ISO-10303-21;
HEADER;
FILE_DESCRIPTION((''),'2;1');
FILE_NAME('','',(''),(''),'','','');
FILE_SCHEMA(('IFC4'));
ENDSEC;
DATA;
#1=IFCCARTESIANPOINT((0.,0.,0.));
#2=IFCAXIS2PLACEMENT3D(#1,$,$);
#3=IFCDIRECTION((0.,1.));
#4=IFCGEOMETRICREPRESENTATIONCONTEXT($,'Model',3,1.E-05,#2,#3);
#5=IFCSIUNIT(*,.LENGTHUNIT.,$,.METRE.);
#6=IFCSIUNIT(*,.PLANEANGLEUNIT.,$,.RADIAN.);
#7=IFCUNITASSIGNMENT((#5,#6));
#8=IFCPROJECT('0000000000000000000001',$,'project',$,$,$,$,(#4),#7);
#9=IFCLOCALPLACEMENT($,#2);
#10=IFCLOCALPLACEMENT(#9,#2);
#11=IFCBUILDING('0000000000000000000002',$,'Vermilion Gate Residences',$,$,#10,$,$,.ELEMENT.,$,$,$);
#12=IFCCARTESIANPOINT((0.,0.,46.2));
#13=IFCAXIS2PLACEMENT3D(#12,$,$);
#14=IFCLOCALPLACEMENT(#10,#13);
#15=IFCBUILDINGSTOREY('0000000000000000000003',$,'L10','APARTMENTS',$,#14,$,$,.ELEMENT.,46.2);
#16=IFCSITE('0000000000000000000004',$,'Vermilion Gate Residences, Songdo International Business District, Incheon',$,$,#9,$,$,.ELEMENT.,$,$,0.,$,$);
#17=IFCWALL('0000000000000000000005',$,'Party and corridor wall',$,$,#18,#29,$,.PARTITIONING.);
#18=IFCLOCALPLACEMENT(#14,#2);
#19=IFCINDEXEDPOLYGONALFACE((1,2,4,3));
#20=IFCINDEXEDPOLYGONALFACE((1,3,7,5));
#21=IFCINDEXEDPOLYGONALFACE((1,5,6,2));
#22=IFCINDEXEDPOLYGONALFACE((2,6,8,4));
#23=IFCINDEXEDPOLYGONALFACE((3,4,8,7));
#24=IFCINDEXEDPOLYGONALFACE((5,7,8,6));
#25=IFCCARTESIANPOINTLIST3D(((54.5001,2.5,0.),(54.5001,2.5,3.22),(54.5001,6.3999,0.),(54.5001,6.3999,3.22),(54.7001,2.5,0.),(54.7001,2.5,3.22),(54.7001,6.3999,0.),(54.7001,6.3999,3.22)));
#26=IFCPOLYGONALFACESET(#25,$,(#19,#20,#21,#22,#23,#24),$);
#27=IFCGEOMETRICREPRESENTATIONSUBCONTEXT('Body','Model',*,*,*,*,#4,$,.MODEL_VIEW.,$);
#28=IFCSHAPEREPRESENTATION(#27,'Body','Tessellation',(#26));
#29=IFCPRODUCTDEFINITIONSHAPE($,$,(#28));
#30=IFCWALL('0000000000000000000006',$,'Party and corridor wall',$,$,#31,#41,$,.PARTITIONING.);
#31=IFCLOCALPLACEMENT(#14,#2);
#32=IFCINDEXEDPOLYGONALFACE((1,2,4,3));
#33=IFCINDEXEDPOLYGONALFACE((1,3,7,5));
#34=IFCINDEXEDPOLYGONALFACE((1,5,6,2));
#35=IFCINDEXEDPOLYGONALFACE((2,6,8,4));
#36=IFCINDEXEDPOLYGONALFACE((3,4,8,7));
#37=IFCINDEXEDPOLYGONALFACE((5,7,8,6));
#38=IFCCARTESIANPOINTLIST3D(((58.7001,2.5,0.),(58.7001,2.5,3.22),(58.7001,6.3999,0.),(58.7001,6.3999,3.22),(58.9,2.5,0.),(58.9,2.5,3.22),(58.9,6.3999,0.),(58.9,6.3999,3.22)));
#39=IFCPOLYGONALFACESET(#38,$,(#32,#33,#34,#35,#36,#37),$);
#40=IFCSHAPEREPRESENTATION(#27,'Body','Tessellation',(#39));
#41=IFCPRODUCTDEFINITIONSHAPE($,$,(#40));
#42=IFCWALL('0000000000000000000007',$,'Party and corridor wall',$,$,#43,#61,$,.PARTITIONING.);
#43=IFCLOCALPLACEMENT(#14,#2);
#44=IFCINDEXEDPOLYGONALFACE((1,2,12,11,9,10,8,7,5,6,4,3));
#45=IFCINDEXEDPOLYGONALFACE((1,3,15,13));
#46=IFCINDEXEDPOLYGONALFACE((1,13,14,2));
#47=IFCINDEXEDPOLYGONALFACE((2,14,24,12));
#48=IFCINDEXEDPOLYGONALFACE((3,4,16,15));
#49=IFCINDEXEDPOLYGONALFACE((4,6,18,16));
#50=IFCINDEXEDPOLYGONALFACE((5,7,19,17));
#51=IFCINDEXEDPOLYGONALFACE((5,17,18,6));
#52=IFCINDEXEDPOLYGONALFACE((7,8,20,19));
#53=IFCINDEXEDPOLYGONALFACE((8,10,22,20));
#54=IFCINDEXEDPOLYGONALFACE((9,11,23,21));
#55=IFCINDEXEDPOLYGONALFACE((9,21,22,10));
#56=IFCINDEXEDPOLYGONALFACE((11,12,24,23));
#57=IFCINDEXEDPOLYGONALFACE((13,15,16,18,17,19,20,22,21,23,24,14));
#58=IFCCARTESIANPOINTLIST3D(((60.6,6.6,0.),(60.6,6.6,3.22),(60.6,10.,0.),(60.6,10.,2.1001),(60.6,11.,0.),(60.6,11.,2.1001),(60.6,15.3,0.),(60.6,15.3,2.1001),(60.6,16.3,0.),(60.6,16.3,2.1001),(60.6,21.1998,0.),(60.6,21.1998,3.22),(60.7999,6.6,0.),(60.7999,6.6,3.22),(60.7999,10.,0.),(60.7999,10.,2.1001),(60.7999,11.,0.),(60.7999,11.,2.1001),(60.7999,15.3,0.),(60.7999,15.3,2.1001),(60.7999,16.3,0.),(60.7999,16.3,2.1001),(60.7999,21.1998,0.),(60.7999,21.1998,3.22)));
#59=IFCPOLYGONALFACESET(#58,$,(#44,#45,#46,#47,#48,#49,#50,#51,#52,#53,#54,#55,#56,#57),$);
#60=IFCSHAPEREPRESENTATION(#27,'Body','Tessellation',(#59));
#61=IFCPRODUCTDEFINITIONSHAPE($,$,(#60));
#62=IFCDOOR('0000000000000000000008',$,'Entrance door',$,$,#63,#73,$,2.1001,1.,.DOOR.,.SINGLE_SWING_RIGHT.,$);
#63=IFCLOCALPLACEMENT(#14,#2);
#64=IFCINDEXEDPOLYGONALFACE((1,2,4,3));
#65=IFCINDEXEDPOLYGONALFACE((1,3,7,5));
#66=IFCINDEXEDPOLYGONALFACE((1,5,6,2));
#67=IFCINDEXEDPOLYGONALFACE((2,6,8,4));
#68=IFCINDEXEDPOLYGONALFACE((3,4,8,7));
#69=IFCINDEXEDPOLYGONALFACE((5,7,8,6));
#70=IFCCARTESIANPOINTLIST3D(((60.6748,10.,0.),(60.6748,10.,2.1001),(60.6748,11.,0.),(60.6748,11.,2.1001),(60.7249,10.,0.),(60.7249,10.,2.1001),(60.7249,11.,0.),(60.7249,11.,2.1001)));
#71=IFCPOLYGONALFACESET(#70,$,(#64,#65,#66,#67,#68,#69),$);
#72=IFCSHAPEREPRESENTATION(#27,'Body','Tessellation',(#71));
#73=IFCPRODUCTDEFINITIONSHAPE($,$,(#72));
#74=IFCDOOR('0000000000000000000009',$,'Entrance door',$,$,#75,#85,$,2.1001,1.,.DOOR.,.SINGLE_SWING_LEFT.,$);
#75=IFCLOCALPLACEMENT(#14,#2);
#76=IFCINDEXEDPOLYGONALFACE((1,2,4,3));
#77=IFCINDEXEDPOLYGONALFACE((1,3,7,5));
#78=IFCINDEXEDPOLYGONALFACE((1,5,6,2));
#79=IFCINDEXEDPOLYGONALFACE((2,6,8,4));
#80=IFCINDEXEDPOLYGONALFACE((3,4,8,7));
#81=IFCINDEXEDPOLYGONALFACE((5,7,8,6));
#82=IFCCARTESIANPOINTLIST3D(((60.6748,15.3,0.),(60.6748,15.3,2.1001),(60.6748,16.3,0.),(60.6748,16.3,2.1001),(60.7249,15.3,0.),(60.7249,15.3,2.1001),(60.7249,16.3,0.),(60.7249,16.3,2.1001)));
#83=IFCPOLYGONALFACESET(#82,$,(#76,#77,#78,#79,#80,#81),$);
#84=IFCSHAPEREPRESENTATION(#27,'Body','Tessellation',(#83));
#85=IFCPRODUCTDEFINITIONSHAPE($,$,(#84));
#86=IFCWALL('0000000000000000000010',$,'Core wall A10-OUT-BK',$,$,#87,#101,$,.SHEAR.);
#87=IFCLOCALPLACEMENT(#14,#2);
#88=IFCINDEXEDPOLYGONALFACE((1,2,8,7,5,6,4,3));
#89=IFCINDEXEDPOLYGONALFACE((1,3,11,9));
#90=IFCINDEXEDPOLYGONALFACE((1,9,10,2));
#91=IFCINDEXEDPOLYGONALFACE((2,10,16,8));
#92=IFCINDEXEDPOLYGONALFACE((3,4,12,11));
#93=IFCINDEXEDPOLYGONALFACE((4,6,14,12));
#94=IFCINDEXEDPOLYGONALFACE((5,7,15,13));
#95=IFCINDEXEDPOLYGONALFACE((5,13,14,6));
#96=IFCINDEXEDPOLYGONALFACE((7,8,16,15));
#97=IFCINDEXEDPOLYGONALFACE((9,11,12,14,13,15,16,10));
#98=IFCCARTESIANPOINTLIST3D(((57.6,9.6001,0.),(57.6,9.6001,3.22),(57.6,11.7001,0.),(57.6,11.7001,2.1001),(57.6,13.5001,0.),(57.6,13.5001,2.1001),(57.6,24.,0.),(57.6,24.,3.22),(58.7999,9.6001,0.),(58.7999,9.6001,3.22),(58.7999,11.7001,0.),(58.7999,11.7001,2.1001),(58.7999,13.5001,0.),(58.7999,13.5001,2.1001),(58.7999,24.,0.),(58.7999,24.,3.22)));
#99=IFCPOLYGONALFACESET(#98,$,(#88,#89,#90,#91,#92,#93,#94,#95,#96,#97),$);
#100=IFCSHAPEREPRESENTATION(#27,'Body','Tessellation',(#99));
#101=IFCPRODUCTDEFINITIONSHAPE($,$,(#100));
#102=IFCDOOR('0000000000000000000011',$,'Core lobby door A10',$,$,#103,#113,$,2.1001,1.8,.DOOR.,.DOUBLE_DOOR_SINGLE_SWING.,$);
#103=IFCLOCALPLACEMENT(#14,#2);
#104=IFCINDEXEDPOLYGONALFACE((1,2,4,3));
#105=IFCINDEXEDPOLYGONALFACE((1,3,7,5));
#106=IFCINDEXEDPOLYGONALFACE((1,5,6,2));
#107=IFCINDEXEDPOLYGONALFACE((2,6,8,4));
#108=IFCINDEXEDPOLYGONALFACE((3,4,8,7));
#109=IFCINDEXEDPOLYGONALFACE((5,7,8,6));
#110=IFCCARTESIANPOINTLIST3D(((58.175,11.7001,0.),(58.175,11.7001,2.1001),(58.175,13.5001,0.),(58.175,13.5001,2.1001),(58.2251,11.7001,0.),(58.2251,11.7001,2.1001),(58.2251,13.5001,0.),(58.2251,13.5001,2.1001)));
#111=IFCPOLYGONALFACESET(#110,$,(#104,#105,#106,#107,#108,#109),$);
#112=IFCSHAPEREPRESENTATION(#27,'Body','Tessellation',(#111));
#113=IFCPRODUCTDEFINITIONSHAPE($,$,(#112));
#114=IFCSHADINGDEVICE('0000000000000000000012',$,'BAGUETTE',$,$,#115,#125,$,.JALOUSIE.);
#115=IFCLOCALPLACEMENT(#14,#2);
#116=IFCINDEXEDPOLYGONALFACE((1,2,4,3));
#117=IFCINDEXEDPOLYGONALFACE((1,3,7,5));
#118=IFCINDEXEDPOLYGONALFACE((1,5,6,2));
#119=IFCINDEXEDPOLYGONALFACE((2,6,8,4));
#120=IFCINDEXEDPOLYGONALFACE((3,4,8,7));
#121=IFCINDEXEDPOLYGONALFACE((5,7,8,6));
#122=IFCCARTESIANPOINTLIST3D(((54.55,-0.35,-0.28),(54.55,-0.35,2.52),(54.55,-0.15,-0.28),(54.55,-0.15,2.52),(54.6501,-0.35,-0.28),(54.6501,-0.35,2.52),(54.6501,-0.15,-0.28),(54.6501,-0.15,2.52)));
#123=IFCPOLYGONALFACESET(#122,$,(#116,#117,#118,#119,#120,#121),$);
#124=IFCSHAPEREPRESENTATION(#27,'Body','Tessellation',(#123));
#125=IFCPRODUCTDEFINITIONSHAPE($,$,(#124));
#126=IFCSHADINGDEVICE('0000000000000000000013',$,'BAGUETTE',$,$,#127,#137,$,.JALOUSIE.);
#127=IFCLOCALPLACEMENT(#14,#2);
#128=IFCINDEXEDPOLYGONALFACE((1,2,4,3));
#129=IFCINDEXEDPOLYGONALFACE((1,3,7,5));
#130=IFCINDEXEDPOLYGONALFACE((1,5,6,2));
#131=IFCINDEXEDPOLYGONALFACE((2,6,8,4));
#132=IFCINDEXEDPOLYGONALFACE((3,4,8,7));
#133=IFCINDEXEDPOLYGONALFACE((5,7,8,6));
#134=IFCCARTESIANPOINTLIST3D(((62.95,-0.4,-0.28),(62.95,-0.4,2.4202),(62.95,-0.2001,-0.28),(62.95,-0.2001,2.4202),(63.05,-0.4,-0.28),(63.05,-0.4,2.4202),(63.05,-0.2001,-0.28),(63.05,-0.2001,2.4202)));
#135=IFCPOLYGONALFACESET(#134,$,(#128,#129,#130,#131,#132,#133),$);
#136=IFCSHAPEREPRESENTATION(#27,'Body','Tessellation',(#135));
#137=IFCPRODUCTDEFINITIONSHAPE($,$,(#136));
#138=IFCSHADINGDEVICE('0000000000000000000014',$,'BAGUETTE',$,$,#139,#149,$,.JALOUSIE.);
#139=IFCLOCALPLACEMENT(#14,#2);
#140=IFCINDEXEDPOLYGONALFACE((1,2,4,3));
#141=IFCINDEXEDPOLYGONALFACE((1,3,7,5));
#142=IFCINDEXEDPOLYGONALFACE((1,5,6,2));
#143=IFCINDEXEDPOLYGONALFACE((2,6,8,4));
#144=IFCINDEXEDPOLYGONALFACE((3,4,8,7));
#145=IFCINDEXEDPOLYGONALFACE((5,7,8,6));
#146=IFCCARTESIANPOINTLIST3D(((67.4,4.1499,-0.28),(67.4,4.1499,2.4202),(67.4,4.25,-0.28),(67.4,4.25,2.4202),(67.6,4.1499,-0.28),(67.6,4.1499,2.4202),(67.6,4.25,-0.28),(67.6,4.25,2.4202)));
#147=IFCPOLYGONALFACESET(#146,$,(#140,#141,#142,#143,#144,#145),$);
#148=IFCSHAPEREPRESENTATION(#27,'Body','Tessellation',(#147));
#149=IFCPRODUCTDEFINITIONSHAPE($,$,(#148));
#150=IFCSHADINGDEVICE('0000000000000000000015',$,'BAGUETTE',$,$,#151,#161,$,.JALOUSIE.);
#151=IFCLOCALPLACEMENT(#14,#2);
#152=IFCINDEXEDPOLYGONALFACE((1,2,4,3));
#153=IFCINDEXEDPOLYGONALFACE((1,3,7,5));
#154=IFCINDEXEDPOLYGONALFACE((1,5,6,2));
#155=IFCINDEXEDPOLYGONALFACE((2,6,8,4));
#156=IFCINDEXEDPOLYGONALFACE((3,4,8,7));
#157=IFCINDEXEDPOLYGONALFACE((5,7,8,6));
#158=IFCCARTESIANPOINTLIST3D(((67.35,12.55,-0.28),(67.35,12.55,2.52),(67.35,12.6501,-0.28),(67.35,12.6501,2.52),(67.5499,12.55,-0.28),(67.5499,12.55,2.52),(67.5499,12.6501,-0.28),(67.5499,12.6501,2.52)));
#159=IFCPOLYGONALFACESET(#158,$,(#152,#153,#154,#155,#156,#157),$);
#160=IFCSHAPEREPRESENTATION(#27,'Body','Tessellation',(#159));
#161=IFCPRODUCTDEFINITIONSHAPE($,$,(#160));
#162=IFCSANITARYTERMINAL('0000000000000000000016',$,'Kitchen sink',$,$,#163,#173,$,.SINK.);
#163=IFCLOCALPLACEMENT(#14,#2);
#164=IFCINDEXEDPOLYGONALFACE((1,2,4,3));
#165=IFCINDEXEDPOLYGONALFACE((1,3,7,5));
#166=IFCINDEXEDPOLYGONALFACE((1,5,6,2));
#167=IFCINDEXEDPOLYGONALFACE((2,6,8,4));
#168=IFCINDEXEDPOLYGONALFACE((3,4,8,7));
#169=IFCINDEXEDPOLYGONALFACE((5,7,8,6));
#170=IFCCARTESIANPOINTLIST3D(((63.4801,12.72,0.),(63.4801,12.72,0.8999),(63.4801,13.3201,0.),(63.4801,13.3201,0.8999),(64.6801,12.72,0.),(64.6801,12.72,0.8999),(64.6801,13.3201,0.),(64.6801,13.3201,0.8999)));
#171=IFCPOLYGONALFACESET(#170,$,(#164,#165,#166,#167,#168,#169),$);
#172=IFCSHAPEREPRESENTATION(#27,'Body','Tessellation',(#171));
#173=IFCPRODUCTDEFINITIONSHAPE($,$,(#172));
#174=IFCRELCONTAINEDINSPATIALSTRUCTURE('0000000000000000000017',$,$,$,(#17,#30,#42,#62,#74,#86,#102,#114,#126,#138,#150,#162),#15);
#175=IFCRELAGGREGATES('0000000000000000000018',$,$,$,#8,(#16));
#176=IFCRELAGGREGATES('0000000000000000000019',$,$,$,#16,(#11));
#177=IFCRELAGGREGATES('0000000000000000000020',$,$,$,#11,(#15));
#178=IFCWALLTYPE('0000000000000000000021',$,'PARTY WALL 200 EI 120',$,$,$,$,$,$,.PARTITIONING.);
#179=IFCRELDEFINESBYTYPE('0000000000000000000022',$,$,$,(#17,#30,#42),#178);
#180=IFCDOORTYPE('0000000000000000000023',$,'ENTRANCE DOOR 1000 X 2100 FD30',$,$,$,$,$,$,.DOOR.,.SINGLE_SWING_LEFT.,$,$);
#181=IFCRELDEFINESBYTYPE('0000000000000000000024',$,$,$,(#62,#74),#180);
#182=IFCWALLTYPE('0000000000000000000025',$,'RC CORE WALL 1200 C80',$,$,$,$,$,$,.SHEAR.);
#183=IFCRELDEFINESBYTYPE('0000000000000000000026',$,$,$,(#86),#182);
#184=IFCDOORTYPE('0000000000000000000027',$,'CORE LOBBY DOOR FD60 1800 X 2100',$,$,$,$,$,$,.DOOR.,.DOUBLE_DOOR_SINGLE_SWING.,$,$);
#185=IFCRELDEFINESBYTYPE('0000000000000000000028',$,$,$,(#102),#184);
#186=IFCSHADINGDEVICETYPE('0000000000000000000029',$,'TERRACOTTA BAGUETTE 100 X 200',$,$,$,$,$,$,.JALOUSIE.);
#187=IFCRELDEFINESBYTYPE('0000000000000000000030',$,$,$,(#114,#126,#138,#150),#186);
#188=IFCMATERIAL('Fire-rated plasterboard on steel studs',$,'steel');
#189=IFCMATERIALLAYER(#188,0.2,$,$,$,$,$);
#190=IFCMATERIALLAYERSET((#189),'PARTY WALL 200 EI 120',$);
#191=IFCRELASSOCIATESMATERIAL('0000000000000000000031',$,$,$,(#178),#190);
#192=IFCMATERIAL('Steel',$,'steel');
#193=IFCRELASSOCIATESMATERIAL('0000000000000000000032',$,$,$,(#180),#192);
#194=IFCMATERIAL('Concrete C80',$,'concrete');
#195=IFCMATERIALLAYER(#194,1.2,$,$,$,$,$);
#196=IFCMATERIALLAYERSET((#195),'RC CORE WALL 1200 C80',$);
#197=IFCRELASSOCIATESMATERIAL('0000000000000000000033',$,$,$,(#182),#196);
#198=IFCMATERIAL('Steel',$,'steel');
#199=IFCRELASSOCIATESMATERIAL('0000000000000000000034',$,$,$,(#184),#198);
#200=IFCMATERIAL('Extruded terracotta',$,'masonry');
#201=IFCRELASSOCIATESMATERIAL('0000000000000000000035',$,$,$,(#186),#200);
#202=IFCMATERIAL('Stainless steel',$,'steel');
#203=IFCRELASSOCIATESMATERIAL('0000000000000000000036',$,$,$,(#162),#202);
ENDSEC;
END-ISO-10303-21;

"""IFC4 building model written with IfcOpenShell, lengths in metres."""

from ifc_helpers import new_model, si_unit, direction, frame, frame_2d, origin, origin_2d, place, context, subcontext, project, spatial, rectangle, extrude, material, layer, layer_set, material_profile, profile_set, type_object, element, fill, save


model = new_model("IFC4")

# Units and contexts
model_context = context("Model", 3, precision=1e-05, world=origin(), true_north=direction((0.0, 1.0)))
body_context = subcontext(model_context, "Body", "Model", "MODEL_VIEW")
ifc_project = project(units=[si_unit("LENGTHUNIT", "METRE"), si_unit("PLANEANGLEUNIT", "RADIAN")], contexts=[model_context])

# Site, building, storey
site_placement = place(None, origin())
site = spatial("IfcSite", under=ifc_project, at=site_placement, Name="Vermilion Gate Residences, Songdo International Business District, Incheon", CompositionType="ELEMENT", RefElevation=0.0)
building_placement = place(site_placement, origin())
building = spatial("IfcBuilding", under=site, at=building_placement, Name="Vermilion Gate Residences", CompositionType="ELEMENT")
storey_placement = place(building_placement, frame((0.0, 0.0, 46.2)))
storey = spatial("IfcBuildingStorey", under=building, at=storey_placement, Name="L10", Description="APARTMENTS", CompositionType="ELEMENT", Elevation=46.2)

# Walls
ifc_material_1 = material(Name="Fire-rated plasterboard on steel studs", Category="steel")
ifc_layer_1 = layer(ifc_material_1, 0.2)
ifc_layer_set_1 = layer_set([ifc_layer_1], Name="PARTY WALL 200 EI 120")
wall_type_1 = type_object("IfcWallType", Name="PARTY WALL 200 EI 120", PredefinedType="PARTITIONING", material=ifc_layer_set_1)
for number, where, z_axis, x_axis, name in (
    (1, (54.6001, 2.5, 0.0), (0.0, 0.0, 1.0), (0.0, 1.0, 0.0), "Party and corridor wall"),
    (2, (58.8, 2.5, 0.0), (0.0, 0.0, 1.0), (0.0, 1.0, 0.0), "Party and corridor wall"),
):
    element("IfcWall", number, at=place(storey_placement, frame(where, z_axis=z_axis, x_axis=x_axis)), inside=storey, type_object=wall_type_1, Name=name, PredefinedType="PARTITIONING", context=body_context, shape_type="SweptSolid", body=[
        extrude(rectangle(XDim=3.8999, YDim=0.2, at=frame_2d((1.95, 0.0))), origin(), (0.0, 0.0, 1.0), 3.22),
    ])

# Wall, openings, doors
wall_1_placement = place(storey_placement, frame((60.7, 6.6001, 0.0), z_axis=(0.0, 0.0, 1.0), x_axis=(0.0, 1.0, 0.0)))
wall_1 = element("IfcWall", 3, at=wall_1_placement, inside=storey, type_object=wall_type_1, Name="Party and corridor wall", PredefinedType="PARTITIONING", context=body_context, shape_type="SweptSolid", body=[
    extrude(rectangle(XDim=14.5999, YDim=0.2, at=frame_2d((7.2998, 0.0))), origin(), (0.0, 0.0, 1.0), 3.22),
])
opening_1_placement = place(wall_1_placement, frame((3.3999, 0.0, 0.0)))
opening_1 = element("IfcOpeningElement", 4, at=opening_1_placement, cuts=wall_1, PredefinedType="OPENING", context=body_context, shape_type="SweptSolid", body=[
    extrude(rectangle(XDim=1.0, YDim=2.1001, at=frame_2d((0.5, 1.05))), frame((0.0, 0.1099, 0.0), z_axis=(0.0, -1.0, 0.0), x_axis=(1.0, 0.0, 0.0)), (0.0, 0.0, 1.0), 0.22),
])
opening_2_placement = place(wall_1_placement, frame((8.7, 0.0, 0.0)))
opening_2 = element("IfcOpeningElement", 5, at=opening_2_placement, cuts=wall_1, PredefinedType="OPENING", context=body_context, shape_type="SweptSolid", body=[
    extrude(rectangle(XDim=1.0, YDim=2.1001, at=frame_2d((0.5, 1.05))), frame((0.0, 0.1099, 0.0), z_axis=(0.0, -1.0, 0.0), x_axis=(1.0, 0.0, 0.0)), (0.0, 0.0, 1.0), 0.22),
])
ifc_material_2 = material(Name="Steel", Category="steel")
door_type_1 = type_object("IfcDoorType", Name="ENTRANCE DOOR 1000 X 2100 FD30", OperationType="SINGLE_SWING_LEFT", PredefinedType="DOOR", material=ifc_material_2)
door_1_placement = place(opening_1_placement, frame((1.0, 0.0, 0.0), z_axis=(0.0, 0.0, 1.0), x_axis=(-1.0, 0.0, 0.0)))
door_1 = element("IfcDoor", 6, at=door_1_placement, inside=storey, type_object=door_type_1, Name="Entrance door", OperationType="SINGLE_SWING_RIGHT", OverallHeight=2.1001, OverallWidth=1.0, PredefinedType="DOOR", context=body_context, shape_type="SweptSolid", body=[
    extrude(rectangle(XDim=1.0, YDim=2.1001, at=frame_2d((0.5, 1.05))), frame((0.0, 0.0249, 0.0), z_axis=(0.0, -1.0, 0.0), x_axis=(1.0, 0.0, 0.0)), (0.0, 0.0, 1.0), 0.05),
])
fill(opening_1, door_1)
door_2_placement = place(opening_2_placement, frame((1.0, 0.0, 0.0), z_axis=(0.0, 0.0, 1.0), x_axis=(-1.0, 0.0, 0.0)))
door_2 = element("IfcDoor", 7, at=door_2_placement, inside=storey, type_object=door_type_1, Name="Entrance door", OperationType="SINGLE_SWING_LEFT", OverallHeight=2.1001, OverallWidth=1.0, PredefinedType="DOOR", context=body_context, shape_type="SweptSolid", body=[
    extrude(rectangle(XDim=1.0, YDim=2.1001, at=frame_2d((0.5, 1.05))), frame((0.0, 0.0249, 0.0), z_axis=(0.0, -1.0, 0.0), x_axis=(1.0, 0.0, 0.0)), (0.0, 0.0, 1.0), 0.05),
])
fill(opening_2, door_2)

# Wall, opening, door
ifc_material_3 = material(Name="Concrete C80", Category="concrete")
ifc_layer_2 = layer(ifc_material_3, 1.2)
ifc_layer_set_2 = layer_set([ifc_layer_2], Name="RC CORE WALL 1200 C80")
wall_type_2 = type_object("IfcWallType", Name="RC CORE WALL 1200 C80", PredefinedType="SHEAR", material=ifc_layer_set_2)
wall_2_placement = place(storey_placement, frame((58.2, 9.6001, 0.0), z_axis=(0.0, 0.0, 1.0), x_axis=(0.0, 1.0, 0.0)))
wall_2 = element("IfcWall", 8, at=wall_2_placement, inside=storey, type_object=wall_type_2, Name="Core wall A10-OUT-BK", PredefinedType="SHEAR", context=body_context, shape_type="SweptSolid", body=[
    extrude(rectangle(XDim=14.3999, YDim=1.2, at=frame_2d((7.2, 0.0))), origin(), (0.0, 0.0, 1.0), 3.22),
])
opening_3_placement = place(wall_2_placement, frame((2.1001, 0.0, 0.0)))
opening_3 = element("IfcOpeningElement", 9, at=opening_3_placement, cuts=wall_2, PredefinedType="OPENING", context=body_context, shape_type="SweptSolid", body=[
    extrude(rectangle(XDim=1.8, YDim=2.1001, at=frame_2d((0.8999, 1.05))), frame((0.0, 0.6099, 0.0), z_axis=(0.0, -1.0, 0.0), x_axis=(1.0, 0.0, 0.0)), (0.0, 0.0, 1.0), 1.22),
])
ifc_material_4 = material(Name="Steel", Category="steel")
door_type_2 = type_object("IfcDoorType", Name="CORE LOBBY DOOR FD60 1800 X 2100", OperationType="DOUBLE_DOOR_SINGLE_SWING", PredefinedType="DOOR", material=ifc_material_4)
door_3_placement = place(opening_3_placement, origin())
door_3 = element("IfcDoor", 10, at=door_3_placement, inside=storey, type_object=door_type_2, Name="Core lobby door A10", OperationType="DOUBLE_DOOR_SINGLE_SWING", OverallHeight=2.1001, OverallWidth=1.8, PredefinedType="DOOR", context=body_context, shape_type="SweptSolid", body=[
    extrude(rectangle(XDim=1.8, YDim=2.1001, at=frame_2d((0.8999, 1.05))), frame((0.0, 0.0249, 0.0), z_axis=(0.0, -1.0, 0.0), x_axis=(1.0, 0.0, 0.0)), (0.0, 0.0, 1.0), 0.05),
])
fill(opening_3, door_3)

# Shading devices
ifc_material_5 = material(Name="Extruded terracotta", Category="masonry")
ifc_material_profile_1 = material_profile(ifc_material_5, rectangle(XDim=0.2, YDim=0.1001, at=origin_2d()), Name="BAGUETTE 100 X 200")
ifc_profile_set_1 = profile_set([ifc_material_profile_1], Name="Extruded terracotta")
shading_device_type = type_object("IfcShadingDeviceType", Name="TERRACOTTA BAGUETTE 100 X 200", PredefinedType="JALOUSIE", material=ifc_profile_set_1)
shading_device_1_placement = place(storey_placement, frame((54.6001, -0.25, -0.28), z_axis=(0.0, 0.0, 1.0), x_axis=(0.0, 1.0, 0.0)))
element("IfcShadingDevice", 11, at=shading_device_1_placement, inside=storey, type_object=shading_device_type, Name="BAGUETTE", PredefinedType="JALOUSIE", context=body_context, shape_type="SweptSolid", body=[
    extrude(rectangle(XDim=0.2, YDim=0.1001, at=origin_2d()), origin(), (0.0, 0.0, 1.0), 2.8),
])
for number, where, z_axis, x_axis, name in (
    (12, (63.0, -0.3, -0.28), (0.0, 0.0, 1.0), (0.0, 1.0, 0.0), "BAGUETTE"),
    (13, (67.5, 4.2, -0.28), (0.0, 0.0, 1.0), (-1.0, 0.0, 0.0), "BAGUETTE"),
):
    element("IfcShadingDevice", number, at=place(storey_placement, frame(where, z_axis=z_axis, x_axis=x_axis)), inside=storey, type_object=shading_device_type, Name=name, PredefinedType="JALOUSIE", context=body_context, shape_type="SweptSolid", body=[
        extrude(rectangle(XDim=0.2, YDim=0.1001, at=origin_2d()), origin(), (0.0, 0.0, 1.0), 2.7002),
    ])
shading_device_2_placement = place(storey_placement, frame((67.45, 12.6001, -0.28), z_axis=(0.0, 0.0, 1.0), x_axis=(-1.0, 0.0, 0.0)))
element("IfcShadingDevice", 14, at=shading_device_2_placement, inside=storey, type_object=shading_device_type, Name="BAGUETTE", PredefinedType="JALOUSIE", context=body_context, shape_type="SweptSolid", body=[
    extrude(rectangle(XDim=0.2, YDim=0.1001, at=origin_2d()), origin(), (0.0, 0.0, 1.0), 2.8),
])

# Sanitary terminal
ifc_material_6 = material(Name="Stainless steel", Category="steel")
sanitary_terminal_1_placement = place(storey_placement, frame((64.0801, 13.02, 0.0), z_axis=(0.0, 0.0, 1.0), x_axis=(1.0, 0.0, 0.0)))
element("IfcSanitaryTerminal", 15, at=sanitary_terminal_1_placement, inside=storey, material=ifc_material_6, Name="Kitchen sink", PredefinedType="SINK", context=body_context, shape_type="SweptSolid", body=[
    extrude(rectangle(XDim=1.2, YDim=0.6001, at=origin_2d()), origin(), (0.0, 0.0, 1.0), 0.8999),
])

save(model, "model.ifc")
